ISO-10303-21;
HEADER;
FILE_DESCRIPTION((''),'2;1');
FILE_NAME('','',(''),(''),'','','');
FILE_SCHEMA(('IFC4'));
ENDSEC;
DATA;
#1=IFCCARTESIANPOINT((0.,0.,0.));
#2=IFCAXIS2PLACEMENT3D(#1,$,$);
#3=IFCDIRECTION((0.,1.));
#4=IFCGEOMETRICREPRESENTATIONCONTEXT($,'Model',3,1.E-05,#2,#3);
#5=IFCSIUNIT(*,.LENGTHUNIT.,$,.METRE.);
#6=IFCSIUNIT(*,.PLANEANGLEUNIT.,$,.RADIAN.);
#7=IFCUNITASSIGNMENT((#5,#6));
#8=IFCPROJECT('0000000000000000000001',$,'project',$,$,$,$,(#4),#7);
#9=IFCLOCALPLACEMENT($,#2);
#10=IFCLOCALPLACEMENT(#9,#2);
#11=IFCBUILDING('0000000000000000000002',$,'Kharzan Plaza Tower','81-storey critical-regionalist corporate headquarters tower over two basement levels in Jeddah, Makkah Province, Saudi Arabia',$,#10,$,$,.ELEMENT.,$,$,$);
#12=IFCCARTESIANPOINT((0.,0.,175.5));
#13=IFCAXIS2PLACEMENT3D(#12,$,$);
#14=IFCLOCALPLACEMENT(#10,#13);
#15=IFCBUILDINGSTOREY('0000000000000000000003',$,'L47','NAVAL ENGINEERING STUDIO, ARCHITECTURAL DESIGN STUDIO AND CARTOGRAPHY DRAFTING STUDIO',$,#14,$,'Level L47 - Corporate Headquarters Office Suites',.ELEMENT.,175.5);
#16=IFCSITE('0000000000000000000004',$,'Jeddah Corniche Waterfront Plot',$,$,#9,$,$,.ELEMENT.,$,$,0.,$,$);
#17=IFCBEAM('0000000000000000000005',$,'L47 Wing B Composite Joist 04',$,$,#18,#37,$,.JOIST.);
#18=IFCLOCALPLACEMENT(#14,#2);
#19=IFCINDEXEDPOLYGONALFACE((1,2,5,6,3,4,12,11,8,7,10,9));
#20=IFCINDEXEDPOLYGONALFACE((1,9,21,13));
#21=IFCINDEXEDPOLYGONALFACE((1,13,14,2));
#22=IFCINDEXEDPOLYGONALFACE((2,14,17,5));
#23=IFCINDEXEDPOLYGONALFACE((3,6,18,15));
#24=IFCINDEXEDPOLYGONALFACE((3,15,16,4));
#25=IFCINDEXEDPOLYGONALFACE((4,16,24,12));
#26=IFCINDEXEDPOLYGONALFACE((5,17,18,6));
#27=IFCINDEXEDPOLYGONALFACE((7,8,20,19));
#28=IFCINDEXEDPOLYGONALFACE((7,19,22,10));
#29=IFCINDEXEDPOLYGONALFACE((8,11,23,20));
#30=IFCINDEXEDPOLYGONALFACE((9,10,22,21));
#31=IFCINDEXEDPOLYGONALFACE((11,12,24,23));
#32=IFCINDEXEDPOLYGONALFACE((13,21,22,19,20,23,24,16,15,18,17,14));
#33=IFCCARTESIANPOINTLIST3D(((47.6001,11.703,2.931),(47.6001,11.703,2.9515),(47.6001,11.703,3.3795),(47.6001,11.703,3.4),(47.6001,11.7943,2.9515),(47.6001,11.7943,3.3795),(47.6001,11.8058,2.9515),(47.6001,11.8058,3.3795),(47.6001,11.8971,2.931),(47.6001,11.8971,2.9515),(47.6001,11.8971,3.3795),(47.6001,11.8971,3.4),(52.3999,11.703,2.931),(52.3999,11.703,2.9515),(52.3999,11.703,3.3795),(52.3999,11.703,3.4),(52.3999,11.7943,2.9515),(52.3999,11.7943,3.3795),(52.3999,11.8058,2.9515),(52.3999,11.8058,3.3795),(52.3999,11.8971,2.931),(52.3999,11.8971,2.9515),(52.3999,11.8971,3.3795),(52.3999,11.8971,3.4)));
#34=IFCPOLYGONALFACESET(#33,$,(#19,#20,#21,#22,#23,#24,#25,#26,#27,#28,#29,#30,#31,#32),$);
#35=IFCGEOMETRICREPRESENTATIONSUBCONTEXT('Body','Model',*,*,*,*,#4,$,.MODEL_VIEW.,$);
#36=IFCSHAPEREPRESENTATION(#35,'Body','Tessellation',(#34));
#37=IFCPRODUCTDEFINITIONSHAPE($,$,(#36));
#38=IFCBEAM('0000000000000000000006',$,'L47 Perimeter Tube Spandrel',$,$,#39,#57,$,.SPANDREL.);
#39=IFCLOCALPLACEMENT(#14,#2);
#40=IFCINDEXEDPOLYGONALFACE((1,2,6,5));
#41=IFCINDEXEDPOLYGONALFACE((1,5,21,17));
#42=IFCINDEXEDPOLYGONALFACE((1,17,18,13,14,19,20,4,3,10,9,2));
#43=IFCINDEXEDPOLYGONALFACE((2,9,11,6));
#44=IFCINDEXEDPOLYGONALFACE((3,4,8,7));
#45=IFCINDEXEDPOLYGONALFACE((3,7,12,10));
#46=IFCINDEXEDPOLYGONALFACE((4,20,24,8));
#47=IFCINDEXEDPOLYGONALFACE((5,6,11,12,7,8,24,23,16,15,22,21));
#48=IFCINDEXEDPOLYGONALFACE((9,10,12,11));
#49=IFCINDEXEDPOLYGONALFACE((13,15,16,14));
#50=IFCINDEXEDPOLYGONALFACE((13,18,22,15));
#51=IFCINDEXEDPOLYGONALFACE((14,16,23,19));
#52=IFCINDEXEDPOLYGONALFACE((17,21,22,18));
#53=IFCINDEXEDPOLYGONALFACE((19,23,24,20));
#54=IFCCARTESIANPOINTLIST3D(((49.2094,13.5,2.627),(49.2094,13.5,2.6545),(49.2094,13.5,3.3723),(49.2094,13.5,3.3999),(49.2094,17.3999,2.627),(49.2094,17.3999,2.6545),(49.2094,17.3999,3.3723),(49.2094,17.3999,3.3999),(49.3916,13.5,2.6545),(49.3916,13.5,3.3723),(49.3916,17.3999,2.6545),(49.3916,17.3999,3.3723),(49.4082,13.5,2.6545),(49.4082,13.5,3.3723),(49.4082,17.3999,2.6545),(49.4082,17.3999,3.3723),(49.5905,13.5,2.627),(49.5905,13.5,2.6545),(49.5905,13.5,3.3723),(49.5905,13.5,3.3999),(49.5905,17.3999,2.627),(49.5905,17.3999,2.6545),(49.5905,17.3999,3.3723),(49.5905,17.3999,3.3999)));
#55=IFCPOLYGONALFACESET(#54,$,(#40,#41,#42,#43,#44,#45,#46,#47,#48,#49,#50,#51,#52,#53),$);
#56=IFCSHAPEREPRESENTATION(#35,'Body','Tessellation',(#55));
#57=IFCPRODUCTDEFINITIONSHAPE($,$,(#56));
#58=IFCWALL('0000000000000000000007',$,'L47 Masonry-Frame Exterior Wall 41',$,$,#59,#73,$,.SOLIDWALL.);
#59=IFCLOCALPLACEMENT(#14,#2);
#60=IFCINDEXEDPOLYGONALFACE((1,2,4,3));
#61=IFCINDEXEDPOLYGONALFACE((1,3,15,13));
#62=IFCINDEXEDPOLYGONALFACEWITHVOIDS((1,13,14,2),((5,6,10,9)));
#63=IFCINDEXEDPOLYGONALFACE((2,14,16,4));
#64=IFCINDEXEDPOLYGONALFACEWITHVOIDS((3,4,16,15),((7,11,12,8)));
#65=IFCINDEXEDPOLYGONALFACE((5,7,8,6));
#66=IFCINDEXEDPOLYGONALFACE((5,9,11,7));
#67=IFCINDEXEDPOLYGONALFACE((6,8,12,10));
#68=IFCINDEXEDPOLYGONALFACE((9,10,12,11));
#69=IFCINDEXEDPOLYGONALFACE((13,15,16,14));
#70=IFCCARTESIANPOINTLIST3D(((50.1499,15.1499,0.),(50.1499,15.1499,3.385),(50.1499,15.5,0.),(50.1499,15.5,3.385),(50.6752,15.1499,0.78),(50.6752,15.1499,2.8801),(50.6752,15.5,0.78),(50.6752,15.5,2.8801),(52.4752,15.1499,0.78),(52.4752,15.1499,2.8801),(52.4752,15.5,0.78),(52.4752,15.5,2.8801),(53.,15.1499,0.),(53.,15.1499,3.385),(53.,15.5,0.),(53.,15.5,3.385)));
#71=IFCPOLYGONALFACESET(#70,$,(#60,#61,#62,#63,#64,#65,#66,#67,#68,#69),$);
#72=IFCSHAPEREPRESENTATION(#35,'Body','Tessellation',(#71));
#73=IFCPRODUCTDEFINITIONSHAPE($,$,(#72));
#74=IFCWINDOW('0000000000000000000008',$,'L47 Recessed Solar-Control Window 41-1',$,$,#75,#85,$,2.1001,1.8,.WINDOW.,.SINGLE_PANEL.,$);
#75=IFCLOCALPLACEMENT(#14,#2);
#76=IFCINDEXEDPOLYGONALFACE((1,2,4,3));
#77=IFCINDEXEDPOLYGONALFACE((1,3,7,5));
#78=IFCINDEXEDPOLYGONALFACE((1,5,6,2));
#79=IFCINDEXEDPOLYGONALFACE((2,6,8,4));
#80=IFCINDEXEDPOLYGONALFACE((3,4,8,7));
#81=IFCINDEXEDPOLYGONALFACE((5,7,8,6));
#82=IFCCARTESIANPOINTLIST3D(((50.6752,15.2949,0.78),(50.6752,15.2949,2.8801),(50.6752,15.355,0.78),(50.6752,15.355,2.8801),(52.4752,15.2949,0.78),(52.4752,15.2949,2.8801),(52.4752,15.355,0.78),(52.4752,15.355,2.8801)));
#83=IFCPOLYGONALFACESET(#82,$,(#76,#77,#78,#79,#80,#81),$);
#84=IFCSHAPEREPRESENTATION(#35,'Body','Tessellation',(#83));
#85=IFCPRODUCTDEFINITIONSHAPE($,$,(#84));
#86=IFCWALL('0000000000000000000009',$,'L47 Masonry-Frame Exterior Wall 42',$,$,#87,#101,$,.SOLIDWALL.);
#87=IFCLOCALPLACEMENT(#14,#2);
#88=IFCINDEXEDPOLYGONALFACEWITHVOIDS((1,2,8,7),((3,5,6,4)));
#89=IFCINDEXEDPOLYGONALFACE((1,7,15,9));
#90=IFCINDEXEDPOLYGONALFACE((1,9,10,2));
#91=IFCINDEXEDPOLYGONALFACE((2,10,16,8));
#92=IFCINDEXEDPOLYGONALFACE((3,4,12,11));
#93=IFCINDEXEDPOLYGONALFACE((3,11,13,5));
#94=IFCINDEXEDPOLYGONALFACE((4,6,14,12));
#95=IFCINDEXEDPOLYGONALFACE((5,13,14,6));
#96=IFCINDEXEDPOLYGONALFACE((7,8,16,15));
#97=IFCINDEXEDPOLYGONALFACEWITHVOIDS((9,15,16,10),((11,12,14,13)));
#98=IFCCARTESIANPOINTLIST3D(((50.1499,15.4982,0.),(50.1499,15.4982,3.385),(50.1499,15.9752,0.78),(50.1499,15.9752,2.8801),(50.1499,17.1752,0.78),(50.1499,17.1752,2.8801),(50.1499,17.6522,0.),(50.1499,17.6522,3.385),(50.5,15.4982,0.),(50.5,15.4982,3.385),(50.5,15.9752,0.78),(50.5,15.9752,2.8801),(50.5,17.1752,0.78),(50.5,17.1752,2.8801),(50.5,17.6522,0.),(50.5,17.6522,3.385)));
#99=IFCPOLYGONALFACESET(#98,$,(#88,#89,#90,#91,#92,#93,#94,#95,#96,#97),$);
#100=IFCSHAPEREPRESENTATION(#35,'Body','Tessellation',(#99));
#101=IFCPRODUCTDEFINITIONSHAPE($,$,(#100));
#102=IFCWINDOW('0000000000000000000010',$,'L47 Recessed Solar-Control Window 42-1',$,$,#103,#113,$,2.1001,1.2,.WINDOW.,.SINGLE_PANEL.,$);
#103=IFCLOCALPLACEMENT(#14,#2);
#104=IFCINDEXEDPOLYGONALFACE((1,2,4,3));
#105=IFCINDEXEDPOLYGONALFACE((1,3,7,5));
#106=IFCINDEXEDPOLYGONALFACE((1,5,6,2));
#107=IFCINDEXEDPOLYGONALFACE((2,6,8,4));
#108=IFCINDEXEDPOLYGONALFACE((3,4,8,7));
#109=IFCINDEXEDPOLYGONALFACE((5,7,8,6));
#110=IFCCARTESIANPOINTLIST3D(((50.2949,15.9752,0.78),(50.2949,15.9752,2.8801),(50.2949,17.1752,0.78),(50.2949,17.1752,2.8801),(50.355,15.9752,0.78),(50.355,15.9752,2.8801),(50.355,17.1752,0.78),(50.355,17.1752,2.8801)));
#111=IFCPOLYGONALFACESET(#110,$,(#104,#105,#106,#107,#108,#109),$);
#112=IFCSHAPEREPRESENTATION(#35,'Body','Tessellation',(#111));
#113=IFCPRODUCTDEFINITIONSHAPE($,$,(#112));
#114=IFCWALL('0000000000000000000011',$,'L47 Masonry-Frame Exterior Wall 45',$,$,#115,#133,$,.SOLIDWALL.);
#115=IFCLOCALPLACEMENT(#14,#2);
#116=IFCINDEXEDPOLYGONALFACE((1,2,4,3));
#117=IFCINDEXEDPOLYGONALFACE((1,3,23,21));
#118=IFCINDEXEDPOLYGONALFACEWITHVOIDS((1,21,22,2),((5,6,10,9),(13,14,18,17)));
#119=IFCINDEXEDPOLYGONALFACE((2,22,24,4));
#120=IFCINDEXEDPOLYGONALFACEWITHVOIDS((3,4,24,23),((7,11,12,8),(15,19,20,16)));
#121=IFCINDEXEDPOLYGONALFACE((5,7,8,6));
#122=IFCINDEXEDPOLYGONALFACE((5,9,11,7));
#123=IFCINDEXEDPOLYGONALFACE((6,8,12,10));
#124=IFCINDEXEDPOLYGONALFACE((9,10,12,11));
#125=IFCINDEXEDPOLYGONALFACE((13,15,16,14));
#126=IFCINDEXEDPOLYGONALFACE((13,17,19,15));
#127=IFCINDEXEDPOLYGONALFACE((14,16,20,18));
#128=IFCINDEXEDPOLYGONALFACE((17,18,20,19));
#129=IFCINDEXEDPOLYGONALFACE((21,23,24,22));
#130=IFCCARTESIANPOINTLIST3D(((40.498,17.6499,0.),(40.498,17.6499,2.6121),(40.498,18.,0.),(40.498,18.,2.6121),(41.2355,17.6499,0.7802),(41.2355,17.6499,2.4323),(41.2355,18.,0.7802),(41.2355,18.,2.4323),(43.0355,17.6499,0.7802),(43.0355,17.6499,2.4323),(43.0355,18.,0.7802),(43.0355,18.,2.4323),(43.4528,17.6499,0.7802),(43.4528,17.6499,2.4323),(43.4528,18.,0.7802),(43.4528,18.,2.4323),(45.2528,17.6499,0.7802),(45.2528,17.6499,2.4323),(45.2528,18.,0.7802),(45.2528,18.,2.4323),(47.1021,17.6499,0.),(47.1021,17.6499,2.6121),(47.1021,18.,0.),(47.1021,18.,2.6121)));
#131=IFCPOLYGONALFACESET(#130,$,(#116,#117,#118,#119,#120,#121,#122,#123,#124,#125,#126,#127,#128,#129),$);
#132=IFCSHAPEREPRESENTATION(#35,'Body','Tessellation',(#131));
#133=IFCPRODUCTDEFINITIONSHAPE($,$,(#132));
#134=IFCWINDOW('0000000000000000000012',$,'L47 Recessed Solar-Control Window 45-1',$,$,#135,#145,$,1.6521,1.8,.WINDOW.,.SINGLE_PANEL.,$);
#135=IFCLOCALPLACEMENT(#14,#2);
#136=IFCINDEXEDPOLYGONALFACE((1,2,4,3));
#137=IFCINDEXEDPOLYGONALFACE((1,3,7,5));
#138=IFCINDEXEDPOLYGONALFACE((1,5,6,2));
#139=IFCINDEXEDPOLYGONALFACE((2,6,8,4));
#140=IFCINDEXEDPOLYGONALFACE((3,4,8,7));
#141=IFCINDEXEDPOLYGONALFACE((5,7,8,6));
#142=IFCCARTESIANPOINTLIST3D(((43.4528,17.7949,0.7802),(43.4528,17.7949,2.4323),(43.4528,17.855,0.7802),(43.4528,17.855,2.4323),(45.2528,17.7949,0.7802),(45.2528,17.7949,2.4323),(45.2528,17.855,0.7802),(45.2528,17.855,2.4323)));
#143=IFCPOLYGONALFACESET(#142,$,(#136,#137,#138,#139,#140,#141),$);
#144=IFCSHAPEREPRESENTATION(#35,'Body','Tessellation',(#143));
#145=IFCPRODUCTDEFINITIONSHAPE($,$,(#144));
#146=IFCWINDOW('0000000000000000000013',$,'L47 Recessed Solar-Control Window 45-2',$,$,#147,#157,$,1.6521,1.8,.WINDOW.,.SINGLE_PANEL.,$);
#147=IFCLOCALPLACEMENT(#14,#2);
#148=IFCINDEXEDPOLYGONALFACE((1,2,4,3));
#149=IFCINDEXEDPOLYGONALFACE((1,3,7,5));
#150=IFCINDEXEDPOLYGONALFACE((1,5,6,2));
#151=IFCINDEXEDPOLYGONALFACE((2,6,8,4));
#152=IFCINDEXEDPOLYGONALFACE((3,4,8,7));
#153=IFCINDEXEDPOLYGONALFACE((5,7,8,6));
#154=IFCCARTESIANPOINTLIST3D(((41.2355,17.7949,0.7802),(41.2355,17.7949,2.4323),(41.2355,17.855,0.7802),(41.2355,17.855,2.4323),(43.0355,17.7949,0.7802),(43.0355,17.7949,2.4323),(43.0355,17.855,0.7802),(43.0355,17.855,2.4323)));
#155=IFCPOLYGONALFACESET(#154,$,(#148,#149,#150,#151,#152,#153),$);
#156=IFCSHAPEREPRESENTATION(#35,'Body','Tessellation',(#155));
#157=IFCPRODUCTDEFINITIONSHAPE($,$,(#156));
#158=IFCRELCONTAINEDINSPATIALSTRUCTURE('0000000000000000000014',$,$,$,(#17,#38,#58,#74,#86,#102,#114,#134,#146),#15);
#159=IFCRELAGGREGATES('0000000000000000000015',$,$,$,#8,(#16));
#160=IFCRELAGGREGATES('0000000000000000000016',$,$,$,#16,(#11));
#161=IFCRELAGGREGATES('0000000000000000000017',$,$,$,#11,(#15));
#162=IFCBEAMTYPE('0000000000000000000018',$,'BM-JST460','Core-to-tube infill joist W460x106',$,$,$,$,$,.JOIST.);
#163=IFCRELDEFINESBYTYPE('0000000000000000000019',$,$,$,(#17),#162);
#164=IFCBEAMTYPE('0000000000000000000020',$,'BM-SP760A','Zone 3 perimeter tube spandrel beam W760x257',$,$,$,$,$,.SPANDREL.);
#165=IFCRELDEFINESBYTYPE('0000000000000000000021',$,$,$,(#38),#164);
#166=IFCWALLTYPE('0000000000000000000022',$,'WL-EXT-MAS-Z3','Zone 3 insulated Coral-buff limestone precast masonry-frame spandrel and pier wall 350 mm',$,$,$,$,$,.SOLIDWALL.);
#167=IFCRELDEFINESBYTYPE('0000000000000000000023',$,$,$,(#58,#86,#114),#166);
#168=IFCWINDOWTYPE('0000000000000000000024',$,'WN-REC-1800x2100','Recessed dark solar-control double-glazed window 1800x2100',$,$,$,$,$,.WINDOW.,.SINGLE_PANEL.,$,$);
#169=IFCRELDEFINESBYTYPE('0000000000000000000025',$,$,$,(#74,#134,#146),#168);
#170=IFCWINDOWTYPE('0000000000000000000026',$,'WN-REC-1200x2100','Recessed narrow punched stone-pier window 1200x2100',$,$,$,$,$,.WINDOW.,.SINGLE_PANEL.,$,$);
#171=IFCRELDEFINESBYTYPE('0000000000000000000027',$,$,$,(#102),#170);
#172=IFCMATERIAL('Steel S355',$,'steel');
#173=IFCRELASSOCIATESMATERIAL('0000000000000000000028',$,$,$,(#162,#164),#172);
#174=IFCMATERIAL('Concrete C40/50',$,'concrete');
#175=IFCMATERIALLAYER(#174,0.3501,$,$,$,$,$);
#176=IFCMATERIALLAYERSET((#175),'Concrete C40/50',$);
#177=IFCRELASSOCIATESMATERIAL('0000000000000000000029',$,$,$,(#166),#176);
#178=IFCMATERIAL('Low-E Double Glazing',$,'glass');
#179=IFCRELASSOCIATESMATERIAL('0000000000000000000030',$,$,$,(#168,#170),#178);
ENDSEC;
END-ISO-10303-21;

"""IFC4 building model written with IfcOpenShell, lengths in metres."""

from ifc_helpers import new_model, si_unit, direction, frame, frame_2d, origin, origin_2d, place, context, subcontext, project, spatial, rectangle, i_section, extrude, source, transform, mapped, material, layer, layer_set, material_profile, profile_set, type_object, element, fill, save


model = new_model("IFC4")

# Units and contexts
model_context = context("Model", 3, precision=1e-05, world=origin(), true_north=direction((0.0, 1.0)))
body_context = subcontext(model_context, "Body", "Model", "MODEL_VIEW")
ifc_project = project(units=[si_unit("LENGTHUNIT", "METRE"), si_unit("PLANEANGLEUNIT", "RADIAN")], contexts=[model_context])

# Site, building, storey
site_placement = place(None, origin())
site = spatial("IfcSite", under=ifc_project, at=site_placement, Name="Jeddah Corniche Waterfront Plot", CompositionType="ELEMENT", RefElevation=0.0)
building_placement = place(site_placement, origin())
building = spatial("IfcBuilding", under=site, at=building_placement, Name="Kharzan Plaza Tower", Description="81-storey critical-regionalist corporate headquarters tower over two basement levels in Jeddah, Makkah Province, Saudi Arabia", CompositionType="ELEMENT")
storey_placement = place(building_placement, frame((0.0, 0.0, 175.5)))
storey = spatial("IfcBuildingStorey", under=building, at=storey_placement, Name="L47", Description="NAVAL ENGINEERING STUDIO, ARCHITECTURAL DESIGN STUDIO AND CARTOGRAPHY DRAFTING STUDIO", LongName="Level L47 - Corporate Headquarters Office Suites", CompositionType="ELEMENT", Elevation=175.5)

# Beams
ifc_material_1 = material(Name="Steel S355", Category="steel")
ifc_material_profile_1 = material_profile(ifc_material_1, i_section(OverallWidth=0.1941, OverallDepth=0.469, WebThickness=0.0115, FlangeThickness=0.0205, at=origin_2d()), Name="W460x106")
ifc_profile_set_1 = profile_set([ifc_material_profile_1], Name="Steel S355")
beam_type_1 = type_object("IfcBeamType", Name="BM-JST460", Description="Core-to-tube infill joist W460x106", PredefinedType="JOIST", material=ifc_profile_set_1)
shared_shape_1 = source(origin(), body_context, "Body", "SweptSolid", [
    extrude(i_section(OverallWidth=0.1941, OverallDepth=0.469, WebThickness=0.0115, FlangeThickness=0.0205, at=origin_2d()), origin(), (0.0, 0.0, 1.0), 4.7998),
])
for number, where, z_axis, x_axis, name in (
    (1, (47.6001, 11.8, 3.1655), (1.0, 0.0, 0.0), (0.0, 1.0, 0.0), "L47 Wing B Composite Joist 04"),
):
    element("IfcBeam", number, at=place(storey_placement, frame(where, z_axis=z_axis, x_axis=x_axis)), inside=storey, type_object=beam_type_1, Name=name, PredefinedType="JOIST", context=body_context, shape_type="MappedRepresentation", body=[
        mapped(shared_shape_1, transform((0.0, 0.0, 0.0), x_axis=(1.0, 0.0, 0.0), y_axis=(0.0, 1.0, 0.0), z_axis=(0.0, 0.0, 1.0))),
    ])
ifc_material_profile_2 = material_profile(ifc_material_1, i_section(OverallWidth=0.3811, OverallDepth=0.7729, WebThickness=0.0166, FlangeThickness=0.0276, at=origin_2d()), Name="W760x257")
ifc_profile_set_2 = profile_set([ifc_material_profile_2], Name="Steel S355")
beam_type_2 = type_object("IfcBeamType", Name="BM-SP760A", Description="Zone 3 perimeter tube spandrel beam W760x257", PredefinedType="SPANDREL", material=ifc_profile_set_2)
shared_shape_2 = source(origin(), body_context, "Body", "SweptSolid", [
    extrude(i_section(OverallWidth=0.3811, OverallDepth=0.7729, WebThickness=0.0166, FlangeThickness=0.0276, at=origin_2d()), origin(), (0.0, 0.0, 1.0), 3.8999),
])
beam_1_placement = place(storey_placement, frame((49.3999, 13.5, 3.0134), z_axis=(0.0, 1.0, 0.0), x_axis=(-1.0, 0.0, 0.0)))
element("IfcBeam", 2, at=beam_1_placement, inside=storey, type_object=beam_type_2, Name="L47 Perimeter Tube Spandrel", PredefinedType="SPANDREL", context=body_context, shape_type="MappedRepresentation", body=[
    mapped(shared_shape_2, transform((0.0, 0.0, 0.0), x_axis=(1.0, 0.0, 0.0), y_axis=(0.0, 1.0, 0.0), z_axis=(0.0, 0.0, 1.0))),
])

# Walls, openings, windows
ifc_material_2 = material(Name="Concrete C40/50", Category="concrete")
ifc_layer_1 = layer(ifc_material_2, 0.3501)
ifc_layer_set_1 = layer_set([ifc_layer_1], Name="Concrete C40/50")
wall_type_1 = type_object("IfcWallType", Name="WL-EXT-MAS-Z3", Description="Zone 3 insulated Coral-buff limestone precast masonry-frame spandrel and pier wall 350 mm", PredefinedType="SOLIDWALL", material=ifc_layer_set_1)
wall_1_placement = place(storey_placement, frame((53.0, 15.325, 0.0), z_axis=(0.0, 0.0, 1.0), x_axis=(-1.0, 0.0, 0.0)))
wall_1 = element("IfcWall", 3, at=wall_1_placement, inside=storey, type_object=wall_type_1, Name="L47 Masonry-Frame Exterior Wall 41", PredefinedType="SOLIDWALL", context=body_context, shape_type="SweptSolid", body=[
    extrude(rectangle(XDim=2.8501, YDim=0.3501, at=frame_2d((1.425, 0.0))), origin(), (0.0, 0.0, 1.0), 3.385),
])
opening_1_placement = place(wall_1_placement, frame((0.5249, 0.0, 0.78)))
opening_1 = element("IfcOpeningElement", 4, at=opening_1_placement, cuts=wall_1, PredefinedType="OPENING", context=body_context, shape_type="SweptSolid", body=[
    extrude(rectangle(XDim=1.8, YDim=2.1001, at=frame_2d((0.8999, 1.05))), frame((0.0, 0.1851, 0.0), z_axis=(0.0, -1.0, 0.0), x_axis=(1.0, 0.0, 0.0)), (0.0, 0.0, 1.0), 0.3701),
])
ifc_material_3 = material(Name="Low-E Double Glazing", Category="glass")
window_type_1 = type_object("IfcWindowType", Name="WN-REC-1800x2100", Description="Recessed dark solar-control double-glazed window 1800x2100", PartitioningType="SINGLE_PANEL", PredefinedType="WINDOW", material=ifc_material_3)
shared_shape_3 = source(origin(), body_context, "Body", "SweptSolid", [
    extrude(rectangle(XDim=1.8, YDim=2.1001, at=frame_2d((0.8999, 1.05))), frame((0.0, 0.03, 0.0), z_axis=(0.0, -1.0, 0.0), x_axis=(1.0, 0.0, 0.0)), (0.0, 0.0, 1.0), 0.0601),
])
window_1_placement = place(opening_1_placement, origin())
window_1 = element("IfcWindow", 5, at=window_1_placement, inside=storey, type_object=window_type_1, Name="L47 Recessed Solar-Control Window 41-1", OverallHeight=2.1001, OverallWidth=1.8, PartitioningType="SINGLE_PANEL", PredefinedType="WINDOW", context=body_context, shape_type="MappedRepresentation", body=[
    mapped(shared_shape_3, transform((0.0, 0.0, 0.0), x_axis=(1.0, 0.0, 0.0), y_axis=(0.0, 1.0, 0.0), z_axis=(0.0, 0.0, 1.0))),
])
fill(opening_1, window_1)
wall_2_placement = place(storey_placement, frame((50.325, 15.498, 0.0), z_axis=(0.0, 0.0, 1.0), x_axis=(0.0, 1.0, 0.0)))
wall_2 = element("IfcWall", 6, at=wall_2_placement, inside=storey, type_object=wall_type_1, Name="L47 Masonry-Frame Exterior Wall 42", PredefinedType="SOLIDWALL", context=body_context, shape_type="SweptSolid", body=[
    extrude(rectangle(XDim=2.1541, YDim=0.3501, at=frame_2d((1.0771, 0.0))), origin(), (0.0, 0.0, 1.0), 3.385),
])
opening_2_placement = place(wall_2_placement, frame((0.4771, 0.0, 0.78)))
opening_2 = element("IfcOpeningElement", 7, at=opening_2_placement, cuts=wall_2, PredefinedType="OPENING", context=body_context, shape_type="SweptSolid", body=[
    extrude(rectangle(XDim=1.2, YDim=2.1001, at=frame_2d((0.6001, 1.05))), frame((0.0, 0.1851, 0.0), z_axis=(0.0, -1.0, 0.0), x_axis=(1.0, 0.0, 0.0)), (0.0, 0.0, 1.0), 0.3701),
])
window_type_2 = type_object("IfcWindowType", Name="WN-REC-1200x2100", Description="Recessed narrow punched stone-pier window 1200x2100", PartitioningType="SINGLE_PANEL", PredefinedType="WINDOW", material=ifc_material_3)
shared_shape_4 = source(origin(), body_context, "Body", "SweptSolid", [
    extrude(rectangle(XDim=1.2, YDim=2.1001, at=frame_2d((0.6001, 1.05))), frame((0.0, 0.03, 0.0), z_axis=(0.0, -1.0, 0.0), x_axis=(1.0, 0.0, 0.0)), (0.0, 0.0, 1.0), 0.0601),
])
window_2_placement = place(opening_2_placement, origin())
window_2 = element("IfcWindow", 8, at=window_2_placement, inside=storey, type_object=window_type_2, Name="L47 Recessed Solar-Control Window 42-1", OverallHeight=2.1001, OverallWidth=1.2, PartitioningType="SINGLE_PANEL", PredefinedType="WINDOW", context=body_context, shape_type="MappedRepresentation", body=[
    mapped(shared_shape_4, transform((0.0, 0.0, 0.0), x_axis=(1.0, 0.0, 0.0), y_axis=(0.0, 1.0, 0.0), z_axis=(0.0, 0.0, 1.0))),
])
fill(opening_2, window_2)

# Wall, openings, windows
wall_3_placement = place(storey_placement, frame((47.1021, 17.825, 0.0), z_axis=(0.0, 0.0, 1.0), x_axis=(-1.0, 0.0, 0.0)))
wall_3 = element("IfcWall", 9, at=wall_3_placement, inside=storey, type_object=wall_type_1, Name="L47 Masonry-Frame Exterior Wall 45", PredefinedType="SOLIDWALL", context=body_context, shape_type="SweptSolid", body=[
    extrude(rectangle(XDim=6.604, YDim=0.3501, at=frame_2d((3.302, 0.0))), origin(), (0.0, 0.0, 1.0), 2.6121),
])
opening_3_placement = place(wall_3_placement, frame((1.8494, 0.0, 0.78)))
opening_3 = element("IfcOpeningElement", 10, at=opening_3_placement, cuts=wall_3, PredefinedType="OPENING", context=body_context, shape_type="SweptSolid", body=[
    extrude(rectangle(XDim=1.8, YDim=1.6521, at=frame_2d((0.8999, 0.8262))), frame((0.0, 0.1851, 0.0), z_axis=(0.0, -1.0, 0.0), x_axis=(1.0, 0.0, 0.0)), (0.0, 0.0, 1.0), 0.3701),
])
opening_4_placement = place(wall_3_placement, frame((4.0667, 0.0, 0.78)))
opening_4 = element("IfcOpeningElement", 11, at=opening_4_placement, cuts=wall_3, PredefinedType="OPENING", context=body_context, shape_type="SweptSolid", body=[
    extrude(rectangle(XDim=1.8, YDim=1.6521, at=frame_2d((0.8999, 0.8262))), frame((0.0, 0.1851, 0.0), z_axis=(0.0, -1.0, 0.0), x_axis=(1.0, 0.0, 0.0)), (0.0, 0.0, 1.0), 0.3701),
])
shared_shape_5 = source(origin(), body_context, "Body", "SweptSolid", [
    extrude(rectangle(XDim=1.8, YDim=1.6521, at=frame_2d((0.8999, 0.8262))), frame((0.0, 0.03, 0.0), z_axis=(0.0, -1.0, 0.0), x_axis=(1.0, 0.0, 0.0)), (0.0, 0.0, 1.0), 0.0601),
])
window_3_placement = place(opening_3_placement, origin())
window_3 = element("IfcWindow", 12, at=window_3_placement, inside=storey, type_object=window_type_1, Name="L47 Recessed Solar-Control Window 45-1", OverallHeight=1.6521, OverallWidth=1.8, PartitioningType="SINGLE_PANEL", PredefinedType="WINDOW", context=body_context, shape_type="MappedRepresentation", body=[
    mapped(shared_shape_5, transform((0.0, 0.0, 0.0), x_axis=(1.0, 0.0, 0.0), y_axis=(0.0, 1.0, 0.0), z_axis=(0.0, 0.0, 1.0))),
])
fill(opening_3, window_3)
window_4_placement = place(opening_4_placement, origin())
window_4 = element("IfcWindow", 13, at=window_4_placement, inside=storey, type_object=window_type_1, Name="L47 Recessed Solar-Control Window 45-2", OverallHeight=1.6521, OverallWidth=1.8, PartitioningType="SINGLE_PANEL", PredefinedType="WINDOW", context=body_context, shape_type="MappedRepresentation", body=[
    mapped(shared_shape_5, transform((0.0, 0.0, 0.0), x_axis=(1.0, 0.0, 0.0), y_axis=(0.0, 1.0, 0.0), z_axis=(0.0, 0.0, 1.0))),
])
fill(opening_4, window_4)

save(model, "model.ifc")
